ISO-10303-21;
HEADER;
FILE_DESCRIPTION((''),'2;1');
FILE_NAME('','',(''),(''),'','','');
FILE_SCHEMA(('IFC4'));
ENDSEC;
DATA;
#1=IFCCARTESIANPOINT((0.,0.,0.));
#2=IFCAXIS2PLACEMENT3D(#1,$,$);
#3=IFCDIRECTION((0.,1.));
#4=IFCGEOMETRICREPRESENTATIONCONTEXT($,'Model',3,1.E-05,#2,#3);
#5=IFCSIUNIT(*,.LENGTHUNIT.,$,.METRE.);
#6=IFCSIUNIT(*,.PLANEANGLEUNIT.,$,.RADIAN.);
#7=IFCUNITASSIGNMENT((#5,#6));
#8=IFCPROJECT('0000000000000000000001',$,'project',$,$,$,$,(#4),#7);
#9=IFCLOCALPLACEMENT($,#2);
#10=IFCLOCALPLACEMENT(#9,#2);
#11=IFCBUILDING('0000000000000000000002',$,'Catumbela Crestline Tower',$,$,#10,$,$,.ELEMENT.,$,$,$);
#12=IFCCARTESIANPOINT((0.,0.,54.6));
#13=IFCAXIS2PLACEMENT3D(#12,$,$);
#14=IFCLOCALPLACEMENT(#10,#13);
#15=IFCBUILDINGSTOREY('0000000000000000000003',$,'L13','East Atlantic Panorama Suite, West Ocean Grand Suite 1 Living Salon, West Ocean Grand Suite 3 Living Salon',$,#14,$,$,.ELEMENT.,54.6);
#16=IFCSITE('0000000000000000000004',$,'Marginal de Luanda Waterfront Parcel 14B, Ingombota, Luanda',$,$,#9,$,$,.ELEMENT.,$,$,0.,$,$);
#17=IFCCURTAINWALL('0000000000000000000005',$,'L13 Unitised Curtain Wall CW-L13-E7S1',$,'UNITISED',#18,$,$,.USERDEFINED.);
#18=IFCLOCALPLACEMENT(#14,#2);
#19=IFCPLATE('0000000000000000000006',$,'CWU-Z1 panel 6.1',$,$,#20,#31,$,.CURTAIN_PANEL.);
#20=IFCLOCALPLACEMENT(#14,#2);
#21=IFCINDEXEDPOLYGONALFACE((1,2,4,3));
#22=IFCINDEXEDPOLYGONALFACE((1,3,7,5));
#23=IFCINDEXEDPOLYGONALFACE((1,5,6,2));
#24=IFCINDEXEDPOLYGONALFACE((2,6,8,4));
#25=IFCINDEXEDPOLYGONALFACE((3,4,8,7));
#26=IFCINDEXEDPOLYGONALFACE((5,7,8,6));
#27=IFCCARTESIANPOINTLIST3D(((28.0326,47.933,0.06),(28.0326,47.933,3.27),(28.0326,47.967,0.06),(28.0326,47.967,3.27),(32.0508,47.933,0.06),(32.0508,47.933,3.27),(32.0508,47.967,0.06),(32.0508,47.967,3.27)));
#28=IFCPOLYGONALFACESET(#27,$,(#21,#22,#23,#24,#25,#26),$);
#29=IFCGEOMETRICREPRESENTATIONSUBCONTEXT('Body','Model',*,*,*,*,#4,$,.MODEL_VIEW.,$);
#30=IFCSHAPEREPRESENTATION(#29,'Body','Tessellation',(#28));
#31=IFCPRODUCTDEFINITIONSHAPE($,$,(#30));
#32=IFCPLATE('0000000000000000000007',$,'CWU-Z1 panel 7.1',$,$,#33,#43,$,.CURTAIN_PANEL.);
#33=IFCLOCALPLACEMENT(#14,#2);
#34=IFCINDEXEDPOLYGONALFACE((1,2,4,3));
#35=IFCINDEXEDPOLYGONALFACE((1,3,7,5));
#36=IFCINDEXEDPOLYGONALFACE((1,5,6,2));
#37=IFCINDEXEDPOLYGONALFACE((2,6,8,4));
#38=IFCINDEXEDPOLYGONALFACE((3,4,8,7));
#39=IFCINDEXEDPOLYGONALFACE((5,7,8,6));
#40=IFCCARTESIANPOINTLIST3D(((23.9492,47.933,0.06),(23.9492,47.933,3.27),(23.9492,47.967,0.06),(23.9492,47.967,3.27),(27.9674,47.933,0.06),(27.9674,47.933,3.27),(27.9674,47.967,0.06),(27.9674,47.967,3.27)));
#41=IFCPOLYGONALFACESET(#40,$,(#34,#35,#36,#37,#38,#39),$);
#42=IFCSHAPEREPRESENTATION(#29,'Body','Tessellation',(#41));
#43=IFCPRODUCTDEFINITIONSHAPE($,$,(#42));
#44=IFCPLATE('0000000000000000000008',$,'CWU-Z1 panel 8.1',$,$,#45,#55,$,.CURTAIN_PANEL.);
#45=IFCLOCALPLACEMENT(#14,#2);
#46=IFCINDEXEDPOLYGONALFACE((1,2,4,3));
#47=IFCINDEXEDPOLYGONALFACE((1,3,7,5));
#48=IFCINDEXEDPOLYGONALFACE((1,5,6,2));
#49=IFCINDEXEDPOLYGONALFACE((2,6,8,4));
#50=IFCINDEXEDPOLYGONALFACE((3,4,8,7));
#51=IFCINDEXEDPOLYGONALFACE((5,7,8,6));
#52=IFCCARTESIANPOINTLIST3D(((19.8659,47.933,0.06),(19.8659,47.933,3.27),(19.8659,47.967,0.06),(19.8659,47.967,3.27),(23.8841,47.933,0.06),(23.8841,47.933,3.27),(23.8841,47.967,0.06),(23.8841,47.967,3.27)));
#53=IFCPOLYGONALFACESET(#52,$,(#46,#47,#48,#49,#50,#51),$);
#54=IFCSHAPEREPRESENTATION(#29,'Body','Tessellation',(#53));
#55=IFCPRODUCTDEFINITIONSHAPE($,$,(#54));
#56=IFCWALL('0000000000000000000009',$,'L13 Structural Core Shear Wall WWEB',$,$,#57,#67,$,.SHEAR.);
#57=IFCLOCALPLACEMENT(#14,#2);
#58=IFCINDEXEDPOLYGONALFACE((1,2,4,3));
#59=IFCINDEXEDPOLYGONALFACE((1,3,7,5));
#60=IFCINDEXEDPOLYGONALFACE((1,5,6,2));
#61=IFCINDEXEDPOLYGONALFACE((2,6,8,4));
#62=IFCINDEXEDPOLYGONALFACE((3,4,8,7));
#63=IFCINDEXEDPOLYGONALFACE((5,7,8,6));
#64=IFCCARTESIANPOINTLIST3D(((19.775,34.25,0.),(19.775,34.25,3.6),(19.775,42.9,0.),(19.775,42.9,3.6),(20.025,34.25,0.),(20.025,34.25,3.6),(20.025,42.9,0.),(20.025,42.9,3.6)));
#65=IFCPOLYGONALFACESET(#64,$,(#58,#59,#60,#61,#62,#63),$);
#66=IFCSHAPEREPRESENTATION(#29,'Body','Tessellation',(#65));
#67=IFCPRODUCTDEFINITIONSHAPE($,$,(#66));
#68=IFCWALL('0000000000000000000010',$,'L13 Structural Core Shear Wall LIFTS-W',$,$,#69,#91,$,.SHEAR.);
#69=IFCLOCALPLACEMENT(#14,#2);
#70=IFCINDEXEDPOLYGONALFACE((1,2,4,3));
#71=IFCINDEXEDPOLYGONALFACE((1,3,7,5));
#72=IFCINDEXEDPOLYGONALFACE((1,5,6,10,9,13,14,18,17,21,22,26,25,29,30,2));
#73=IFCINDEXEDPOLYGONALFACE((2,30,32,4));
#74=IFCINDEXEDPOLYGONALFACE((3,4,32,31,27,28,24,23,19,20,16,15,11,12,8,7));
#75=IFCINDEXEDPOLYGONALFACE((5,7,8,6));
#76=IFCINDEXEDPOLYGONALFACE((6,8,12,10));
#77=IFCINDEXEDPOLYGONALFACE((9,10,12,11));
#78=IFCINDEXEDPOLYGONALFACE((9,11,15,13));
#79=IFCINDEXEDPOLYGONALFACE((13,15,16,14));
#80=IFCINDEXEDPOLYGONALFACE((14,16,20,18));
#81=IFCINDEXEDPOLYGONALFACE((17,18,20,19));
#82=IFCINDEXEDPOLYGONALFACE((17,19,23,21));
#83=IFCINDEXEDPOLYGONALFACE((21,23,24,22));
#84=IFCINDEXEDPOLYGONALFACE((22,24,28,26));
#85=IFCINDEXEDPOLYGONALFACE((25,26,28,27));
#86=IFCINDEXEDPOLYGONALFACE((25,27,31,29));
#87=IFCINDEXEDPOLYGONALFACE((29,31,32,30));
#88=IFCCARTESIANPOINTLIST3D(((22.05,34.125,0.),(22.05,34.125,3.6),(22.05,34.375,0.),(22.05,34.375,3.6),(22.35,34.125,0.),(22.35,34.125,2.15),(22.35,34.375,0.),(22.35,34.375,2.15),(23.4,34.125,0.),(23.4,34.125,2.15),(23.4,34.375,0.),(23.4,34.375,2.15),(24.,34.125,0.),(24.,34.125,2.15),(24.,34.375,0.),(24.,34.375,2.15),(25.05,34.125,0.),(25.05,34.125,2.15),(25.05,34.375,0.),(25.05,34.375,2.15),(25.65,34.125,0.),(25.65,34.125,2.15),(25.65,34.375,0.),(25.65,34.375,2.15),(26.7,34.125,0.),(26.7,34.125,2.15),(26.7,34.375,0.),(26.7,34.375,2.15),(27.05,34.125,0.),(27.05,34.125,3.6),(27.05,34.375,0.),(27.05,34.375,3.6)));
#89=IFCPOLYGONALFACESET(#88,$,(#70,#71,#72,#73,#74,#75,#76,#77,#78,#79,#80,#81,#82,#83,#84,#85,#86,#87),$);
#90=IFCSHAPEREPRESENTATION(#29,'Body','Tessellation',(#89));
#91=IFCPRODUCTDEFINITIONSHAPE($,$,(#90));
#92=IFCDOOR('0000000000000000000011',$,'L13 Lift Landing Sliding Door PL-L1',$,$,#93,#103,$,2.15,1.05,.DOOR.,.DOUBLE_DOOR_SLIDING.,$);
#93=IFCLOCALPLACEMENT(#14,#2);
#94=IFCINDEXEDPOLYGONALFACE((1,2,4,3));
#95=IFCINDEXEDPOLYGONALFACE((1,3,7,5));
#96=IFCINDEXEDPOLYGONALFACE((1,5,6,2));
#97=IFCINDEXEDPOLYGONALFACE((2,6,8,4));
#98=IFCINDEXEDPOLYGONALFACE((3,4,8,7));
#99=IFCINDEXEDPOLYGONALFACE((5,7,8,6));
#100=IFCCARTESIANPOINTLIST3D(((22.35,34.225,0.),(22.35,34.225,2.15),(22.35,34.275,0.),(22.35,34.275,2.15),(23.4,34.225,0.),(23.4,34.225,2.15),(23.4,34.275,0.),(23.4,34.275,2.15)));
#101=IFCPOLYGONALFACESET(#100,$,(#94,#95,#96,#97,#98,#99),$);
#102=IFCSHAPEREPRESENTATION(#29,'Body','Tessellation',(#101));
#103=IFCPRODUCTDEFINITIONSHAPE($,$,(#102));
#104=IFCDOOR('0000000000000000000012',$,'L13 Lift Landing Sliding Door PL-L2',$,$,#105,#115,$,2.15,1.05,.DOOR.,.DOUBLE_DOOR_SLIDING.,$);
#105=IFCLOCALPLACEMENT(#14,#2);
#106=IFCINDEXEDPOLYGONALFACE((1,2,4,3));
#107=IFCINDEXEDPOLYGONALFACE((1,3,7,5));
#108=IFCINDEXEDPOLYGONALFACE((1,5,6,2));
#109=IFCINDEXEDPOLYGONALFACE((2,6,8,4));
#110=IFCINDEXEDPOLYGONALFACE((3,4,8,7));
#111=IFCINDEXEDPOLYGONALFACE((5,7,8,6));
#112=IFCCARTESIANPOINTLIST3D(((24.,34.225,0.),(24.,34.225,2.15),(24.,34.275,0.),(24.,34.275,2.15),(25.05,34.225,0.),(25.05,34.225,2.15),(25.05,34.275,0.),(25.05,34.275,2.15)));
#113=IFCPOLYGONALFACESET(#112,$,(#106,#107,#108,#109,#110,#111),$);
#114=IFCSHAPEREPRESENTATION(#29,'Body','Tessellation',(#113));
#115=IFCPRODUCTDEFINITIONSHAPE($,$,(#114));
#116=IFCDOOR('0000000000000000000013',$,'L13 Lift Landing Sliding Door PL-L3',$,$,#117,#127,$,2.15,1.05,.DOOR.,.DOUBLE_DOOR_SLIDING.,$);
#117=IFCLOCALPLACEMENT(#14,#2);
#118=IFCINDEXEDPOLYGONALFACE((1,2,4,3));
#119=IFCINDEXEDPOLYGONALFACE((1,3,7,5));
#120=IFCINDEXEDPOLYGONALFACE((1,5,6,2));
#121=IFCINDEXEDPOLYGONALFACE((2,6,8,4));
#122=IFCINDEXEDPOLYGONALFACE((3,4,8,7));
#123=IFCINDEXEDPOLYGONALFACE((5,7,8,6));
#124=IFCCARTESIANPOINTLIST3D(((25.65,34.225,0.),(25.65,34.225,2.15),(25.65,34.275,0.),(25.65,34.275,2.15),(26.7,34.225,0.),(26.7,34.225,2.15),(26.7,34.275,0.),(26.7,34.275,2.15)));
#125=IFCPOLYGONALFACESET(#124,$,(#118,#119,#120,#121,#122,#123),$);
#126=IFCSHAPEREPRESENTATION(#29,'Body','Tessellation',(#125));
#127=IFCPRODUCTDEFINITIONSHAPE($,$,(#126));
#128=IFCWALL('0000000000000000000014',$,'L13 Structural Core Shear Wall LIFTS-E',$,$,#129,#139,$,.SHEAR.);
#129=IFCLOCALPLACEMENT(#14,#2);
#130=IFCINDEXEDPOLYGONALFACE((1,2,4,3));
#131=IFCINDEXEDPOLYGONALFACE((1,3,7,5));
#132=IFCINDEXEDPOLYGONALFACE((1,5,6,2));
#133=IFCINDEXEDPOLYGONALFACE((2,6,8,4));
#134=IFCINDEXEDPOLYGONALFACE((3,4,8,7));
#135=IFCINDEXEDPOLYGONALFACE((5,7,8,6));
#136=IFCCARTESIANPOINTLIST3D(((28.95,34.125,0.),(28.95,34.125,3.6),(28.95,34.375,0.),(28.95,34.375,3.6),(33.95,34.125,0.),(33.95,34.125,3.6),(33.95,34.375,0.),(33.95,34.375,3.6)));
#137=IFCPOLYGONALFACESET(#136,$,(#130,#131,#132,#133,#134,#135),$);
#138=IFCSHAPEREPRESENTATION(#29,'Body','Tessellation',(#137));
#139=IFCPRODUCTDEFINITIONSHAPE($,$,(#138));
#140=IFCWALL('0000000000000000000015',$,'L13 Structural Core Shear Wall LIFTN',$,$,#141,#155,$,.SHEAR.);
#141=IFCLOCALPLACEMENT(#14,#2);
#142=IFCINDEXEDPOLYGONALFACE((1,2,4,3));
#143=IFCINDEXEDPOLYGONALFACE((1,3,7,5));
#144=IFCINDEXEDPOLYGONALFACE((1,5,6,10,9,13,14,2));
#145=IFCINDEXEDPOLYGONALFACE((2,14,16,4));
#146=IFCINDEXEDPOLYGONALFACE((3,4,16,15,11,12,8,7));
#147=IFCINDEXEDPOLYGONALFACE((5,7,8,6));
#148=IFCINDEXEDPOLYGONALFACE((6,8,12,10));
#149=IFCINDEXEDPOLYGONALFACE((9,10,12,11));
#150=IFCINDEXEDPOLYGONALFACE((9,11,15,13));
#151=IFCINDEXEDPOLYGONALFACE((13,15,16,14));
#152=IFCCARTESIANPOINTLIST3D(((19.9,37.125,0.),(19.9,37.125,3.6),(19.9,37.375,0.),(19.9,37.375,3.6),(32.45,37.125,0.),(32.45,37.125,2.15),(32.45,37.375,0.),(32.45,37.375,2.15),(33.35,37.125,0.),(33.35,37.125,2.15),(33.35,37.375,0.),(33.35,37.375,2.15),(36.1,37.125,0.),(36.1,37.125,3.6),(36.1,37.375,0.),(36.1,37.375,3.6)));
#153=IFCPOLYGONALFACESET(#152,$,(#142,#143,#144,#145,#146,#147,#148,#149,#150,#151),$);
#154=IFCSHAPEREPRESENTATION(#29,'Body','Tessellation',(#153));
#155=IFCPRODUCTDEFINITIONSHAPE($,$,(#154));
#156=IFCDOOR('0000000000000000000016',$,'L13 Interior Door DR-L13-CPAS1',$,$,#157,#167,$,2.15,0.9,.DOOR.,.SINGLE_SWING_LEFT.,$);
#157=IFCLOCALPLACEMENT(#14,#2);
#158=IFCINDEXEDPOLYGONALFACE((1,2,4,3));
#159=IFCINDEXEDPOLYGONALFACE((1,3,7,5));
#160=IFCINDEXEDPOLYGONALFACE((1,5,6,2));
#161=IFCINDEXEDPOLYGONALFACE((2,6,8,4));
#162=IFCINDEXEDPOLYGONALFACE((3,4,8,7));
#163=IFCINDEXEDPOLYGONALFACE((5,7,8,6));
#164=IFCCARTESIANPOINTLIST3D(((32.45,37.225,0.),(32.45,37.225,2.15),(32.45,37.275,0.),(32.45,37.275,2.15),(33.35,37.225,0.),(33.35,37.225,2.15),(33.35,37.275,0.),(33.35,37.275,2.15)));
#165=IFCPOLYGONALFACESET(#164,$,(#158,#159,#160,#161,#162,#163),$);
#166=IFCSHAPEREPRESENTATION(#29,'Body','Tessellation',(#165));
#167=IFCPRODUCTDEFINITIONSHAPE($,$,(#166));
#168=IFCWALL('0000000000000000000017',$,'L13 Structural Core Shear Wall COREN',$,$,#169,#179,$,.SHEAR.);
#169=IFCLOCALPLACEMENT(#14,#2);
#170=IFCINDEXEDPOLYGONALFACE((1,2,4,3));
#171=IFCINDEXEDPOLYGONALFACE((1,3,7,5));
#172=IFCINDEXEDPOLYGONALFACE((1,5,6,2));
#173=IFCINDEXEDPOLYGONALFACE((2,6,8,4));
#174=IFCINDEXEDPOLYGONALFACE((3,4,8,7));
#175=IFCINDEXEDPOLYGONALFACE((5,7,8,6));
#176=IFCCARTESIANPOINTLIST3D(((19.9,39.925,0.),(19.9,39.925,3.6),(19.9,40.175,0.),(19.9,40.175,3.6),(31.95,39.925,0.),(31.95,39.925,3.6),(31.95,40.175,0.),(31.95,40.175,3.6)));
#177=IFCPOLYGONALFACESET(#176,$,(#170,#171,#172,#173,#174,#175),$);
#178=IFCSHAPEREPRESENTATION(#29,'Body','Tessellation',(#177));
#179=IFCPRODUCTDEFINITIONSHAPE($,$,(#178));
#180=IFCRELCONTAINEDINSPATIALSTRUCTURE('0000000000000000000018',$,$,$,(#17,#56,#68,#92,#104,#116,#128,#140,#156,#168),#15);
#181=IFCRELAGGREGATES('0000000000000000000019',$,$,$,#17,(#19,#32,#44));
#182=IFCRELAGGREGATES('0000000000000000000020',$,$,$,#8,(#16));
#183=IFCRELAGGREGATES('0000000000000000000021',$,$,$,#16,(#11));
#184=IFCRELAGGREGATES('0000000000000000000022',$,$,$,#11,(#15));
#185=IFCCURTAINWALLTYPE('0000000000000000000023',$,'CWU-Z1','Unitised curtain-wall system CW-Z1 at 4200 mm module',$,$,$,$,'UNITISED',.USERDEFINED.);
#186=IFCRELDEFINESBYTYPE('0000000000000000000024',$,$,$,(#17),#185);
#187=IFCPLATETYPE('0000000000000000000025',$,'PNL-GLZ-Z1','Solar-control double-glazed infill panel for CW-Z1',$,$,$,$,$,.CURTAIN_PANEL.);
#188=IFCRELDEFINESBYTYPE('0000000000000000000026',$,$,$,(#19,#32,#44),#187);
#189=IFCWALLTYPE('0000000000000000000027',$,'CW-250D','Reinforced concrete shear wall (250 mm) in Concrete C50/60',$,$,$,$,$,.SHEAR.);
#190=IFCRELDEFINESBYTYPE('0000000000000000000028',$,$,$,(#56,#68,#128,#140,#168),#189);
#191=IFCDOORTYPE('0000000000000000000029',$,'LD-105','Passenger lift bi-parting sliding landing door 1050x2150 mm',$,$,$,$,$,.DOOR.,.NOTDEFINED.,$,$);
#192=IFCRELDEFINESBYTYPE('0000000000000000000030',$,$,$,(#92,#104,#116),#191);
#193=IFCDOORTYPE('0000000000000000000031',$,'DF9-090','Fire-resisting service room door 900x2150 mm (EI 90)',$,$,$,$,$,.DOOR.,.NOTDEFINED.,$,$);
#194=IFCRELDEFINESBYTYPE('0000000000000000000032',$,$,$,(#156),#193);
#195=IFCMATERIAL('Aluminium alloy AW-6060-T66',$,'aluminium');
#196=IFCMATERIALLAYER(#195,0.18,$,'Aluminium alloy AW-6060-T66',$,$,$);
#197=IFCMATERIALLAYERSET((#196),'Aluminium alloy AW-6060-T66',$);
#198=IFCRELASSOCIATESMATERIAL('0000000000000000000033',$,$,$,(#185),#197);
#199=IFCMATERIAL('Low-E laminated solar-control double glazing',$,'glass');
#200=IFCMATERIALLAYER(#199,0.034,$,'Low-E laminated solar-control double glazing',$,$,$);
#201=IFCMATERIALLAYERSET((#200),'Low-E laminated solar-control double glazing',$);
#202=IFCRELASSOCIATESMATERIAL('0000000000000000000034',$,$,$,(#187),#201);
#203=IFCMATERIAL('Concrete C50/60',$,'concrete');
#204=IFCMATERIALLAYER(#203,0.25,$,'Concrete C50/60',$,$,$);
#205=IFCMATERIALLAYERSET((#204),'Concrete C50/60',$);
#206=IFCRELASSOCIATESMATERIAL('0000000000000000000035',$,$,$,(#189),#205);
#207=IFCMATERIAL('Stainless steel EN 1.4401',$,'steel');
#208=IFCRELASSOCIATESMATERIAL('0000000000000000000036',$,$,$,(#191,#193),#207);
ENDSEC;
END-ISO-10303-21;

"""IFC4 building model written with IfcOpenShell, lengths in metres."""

from ifc_helpers import new_model, si_unit, direction, frame, frame_2d, origin, origin_2d, place, context, subcontext, project, spatial, rectangle, extrude, material, layer, layer_set, type_object, element, fill, aggregate, save


model = new_model("IFC4")

# Units and contexts
model_context = context("Model", 3, precision=1e-05, world=origin(), true_north=direction((0.0, 1.0)))
body_context = subcontext(model_context, "Body", "Model", "MODEL_VIEW")
ifc_project = project(units=[si_unit("LENGTHUNIT", "METRE"), si_unit("PLANEANGLEUNIT", "RADIAN")], contexts=[model_context])

# Site, building, storey
site_placement = place(None, origin())
site = spatial("IfcSite", under=ifc_project, at=site_placement, Name="Marginal de Luanda Waterfront Parcel 14B, Ingombota, Luanda", CompositionType="ELEMENT", RefElevation=0.0)
building_placement = place(site_placement, origin())
building = spatial("IfcBuilding", under=site, at=building_placement, Name="Catumbela Crestline Tower", CompositionType="ELEMENT")
storey_placement = place(building_placement, frame((0.0, 0.0, 54.6)))
storey = spatial("IfcBuildingStorey", under=building, at=storey_placement, Name="L13", Description="East Atlantic Panorama Suite, West Ocean Grand Suite 1 Living Salon, West Ocean Grand Suite 3 Living Salon", CompositionType="ELEMENT", Elevation=54.6)

# Curtain wall, plates
ifc_material_1 = material(Name="Aluminium alloy AW-6060-T66", Category="aluminium")
ifc_layer_1 = layer(ifc_material_1, 0.18, Name="Aluminium alloy AW-6060-T66")
ifc_layer_set_1 = layer_set([ifc_layer_1], Name="Aluminium alloy AW-6060-T66")
curtain_wall_type = type_object("IfcCurtainWallType", Name="CWU-Z1", Description="Unitised curtain-wall system CW-Z1 at 4200 mm module", ElementType="UNITISED", PredefinedType="USERDEFINED", material=ifc_layer_set_1)
curtain_wall_placement = place(storey_placement, origin())
curtain_wall = element("IfcCurtainWall", 1, at=curtain_wall_placement, inside=storey, type_object=curtain_wall_type, Name="L13 Unitised Curtain Wall CW-L13-E7S1", ObjectType="UNITISED", PredefinedType="USERDEFINED")
ifc_material_2 = material(Name="Low-E laminated solar-control double glazing", Category="glass")
ifc_layer_2 = layer(ifc_material_2, 0.034, Name="Low-E laminated solar-control double glazing")
ifc_layer_set_2 = layer_set([ifc_layer_2], Name="Low-E laminated solar-control double glazing")
plate_type = type_object("IfcPlateType", Name="PNL-GLZ-Z1", Description="Solar-control double-glazed infill panel for CW-Z1", PredefinedType="CURTAIN_PANEL", material=ifc_layer_set_2)
plate_1_placement = place(storey_placement, frame((30.0417, 47.95, 0.06), z_axis=(0.0, 0.0, 1.0), x_axis=(-1.0, 0.0, 0.0)))
plate_1 = element("IfcPlate", 2, at=plate_1_placement, type_object=plate_type, Name="CWU-Z1 panel 6.1", PredefinedType="CURTAIN_PANEL", context=body_context, shape_type="SweptSolid", body=[
    extrude(rectangle(XDim=4.0183, YDim=0.034, at=origin_2d()), origin(), (0.0, 0.0, 1.0), 3.21),
])
plate_2_placement = place(storey_placement, frame((25.9583, 47.95, 0.06), z_axis=(0.0, 0.0, 1.0), x_axis=(-1.0, 0.0, 0.0)))
plate_2 = element("IfcPlate", 3, at=plate_2_placement, type_object=plate_type, Name="CWU-Z1 panel 7.1", PredefinedType="CURTAIN_PANEL", context=body_context, shape_type="SweptSolid", body=[
    extrude(rectangle(XDim=4.0183, YDim=0.034, at=origin_2d()), origin(), (0.0, 0.0, 1.0), 3.21),
])
plate_3_placement = place(storey_placement, frame((21.875, 47.95, 0.06), z_axis=(0.0, 0.0, 1.0), x_axis=(-1.0, 0.0, 0.0)))
plate_3 = element("IfcPlate", 4, at=plate_3_placement, type_object=plate_type, Name="CWU-Z1 panel 8.1", PredefinedType="CURTAIN_PANEL", context=body_context, shape_type="SweptSolid", body=[
    extrude(rectangle(XDim=4.0183, YDim=0.034, at=origin_2d()), origin(), (0.0, 0.0, 1.0), 3.21),
])
aggregate(curtain_wall, [plate_1, plate_2, plate_3])

# Wall
ifc_material_3 = material(Name="Concrete C50/60", Category="concrete")
ifc_layer_3 = layer(ifc_material_3, 0.25, Name="Concrete C50/60")
ifc_layer_set_3 = layer_set([ifc_layer_3], Name="Concrete C50/60")
wall_type_1 = type_object("IfcWallType", Name="CW-250D", Description="Reinforced concrete shear wall (250 mm) in Concrete C50/60", PredefinedType="SHEAR", material=ifc_layer_set_3)
wall_1_placement = place(storey_placement, frame((19.9, 34.25, 0.0), z_axis=(0.0, 0.0, 1.0), x_axis=(0.0, 1.0, 0.0)))
element("IfcWall", 5, at=wall_1_placement, inside=storey, type_object=wall_type_1, Name="L13 Structural Core Shear Wall WWEB", PredefinedType="SHEAR", context=body_context, shape_type="SweptSolid", body=[
    extrude(rectangle(XDim=8.65, YDim=0.25, at=frame_2d((4.325, 0.0))), origin(), (0.0, 0.0, 1.0), 3.6),
])

# Wall, openings, doors
wall_2_placement = place(storey_placement, frame((22.05, 34.25, 0.0), z_axis=(0.0, 0.0, 1.0), x_axis=(1.0, 0.0, 0.0)))
wall_2 = element("IfcWall", 6, at=wall_2_placement, inside=storey, type_object=wall_type_1, Name="L13 Structural Core Shear Wall LIFTS-W", PredefinedType="SHEAR", context=body_context, shape_type="SweptSolid", body=[
    extrude(rectangle(XDim=5.0, YDim=0.25, at=frame_2d((2.5, 0.0))), origin(), (0.0, 0.0, 1.0), 3.6),
])
opening_1_placement = place(wall_2_placement, frame((0.3, 0.0, 0.0)))
opening_1 = element("IfcOpeningElement", 7, at=opening_1_placement, cuts=wall_2, PredefinedType="OPENING", context=body_context, shape_type="SweptSolid", body=[
    extrude(rectangle(XDim=1.05, YDim=2.15, at=frame_2d((0.525, 1.075))), frame((0.0, 0.135, 0.0), z_axis=(0.0, -1.0, 0.0), x_axis=(1.0, 0.0, 0.0)), (0.0, 0.0, 1.0), 0.27),
])
opening_2_placement = place(wall_2_placement, frame((1.95, 0.0, 0.0)))
opening_2 = element("IfcOpeningElement", 8, at=opening_2_placement, cuts=wall_2, PredefinedType="OPENING", context=body_context, shape_type="SweptSolid", body=[
    extrude(rectangle(XDim=1.05, YDim=2.15, at=frame_2d((0.525, 1.075))), frame((0.0, 0.135, 0.0), z_axis=(0.0, -1.0, 0.0), x_axis=(1.0, 0.0, 0.0)), (0.0, 0.0, 1.0), 0.27),
])
opening_3_placement = place(wall_2_placement, frame((3.6, 0.0, 0.0)))
opening_3 = element("IfcOpeningElement", 9, at=opening_3_placement, cuts=wall_2, PredefinedType="OPENING", context=body_context, shape_type="SweptSolid", body=[
    extrude(rectangle(XDim=1.05, YDim=2.15, at=frame_2d((0.525, 1.075))), frame((0.0, 0.135, 0.0), z_axis=(0.0, -1.0, 0.0), x_axis=(1.0, 0.0, 0.0)), (0.0, 0.0, 1.0), 0.27),
])
ifc_material_4 = material(Name="Stainless steel EN 1.4401", Category="steel")
door_type_1 = type_object("IfcDoorType", Name="LD-105", Description="Passenger lift bi-parting sliding landing door 1050x2150 mm", OperationType="NOTDEFINED", PredefinedType="DOOR", material=ifc_material_4)
door_1_placement = place(opening_1_placement, origin())
door_1 = element("IfcDoor", 10, at=door_1_placement, inside=storey, type_object=door_type_1, Name="L13 Lift Landing Sliding Door PL-L1", OperationType="DOUBLE_DOOR_SLIDING", OverallHeight=2.15, OverallWidth=1.05, PredefinedType="DOOR", context=body_context, shape_type="SweptSolid", body=[
    extrude(rectangle(XDim=1.05, YDim=2.15, at=frame_2d((0.525, 1.075))), frame((0.0, 0.025, 0.0), z_axis=(0.0, -1.0, 0.0), x_axis=(1.0, 0.0, 0.0)), (0.0, 0.0, 1.0), 0.05),
])
fill(opening_1, door_1)
door_2_placement = place(opening_2_placement, origin())
door_2 = element("IfcDoor", 11, at=door_2_placement, inside=storey, type_object=door_type_1, Name="L13 Lift Landing Sliding Door PL-L2", OperationType="DOUBLE_DOOR_SLIDING", OverallHeight=2.15, OverallWidth=1.05, PredefinedType="DOOR", context=body_context, shape_type="SweptSolid", body=[
    extrude(rectangle(XDim=1.05, YDim=2.15, at=frame_2d((0.525, 1.075))), frame((0.0, 0.025, 0.0), z_axis=(0.0, -1.0, 0.0), x_axis=(1.0, 0.0, 0.0)), (0.0, 0.0, 1.0), 0.05),
])
fill(opening_2, door_2)
door_3_placement = place(opening_3_placement, origin())
door_3 = element("IfcDoor", 12, at=door_3_placement, inside=storey, type_object=door_type_1, Name="L13 Lift Landing Sliding Door PL-L3", OperationType="DOUBLE_DOOR_SLIDING", OverallHeight=2.15, OverallWidth=1.05, PredefinedType="DOOR", context=body_context, shape_type="SweptSolid", body=[
    extrude(rectangle(XDim=1.05, YDim=2.15, at=frame_2d((0.525, 1.075))), frame((0.0, 0.025, 0.0), z_axis=(0.0, -1.0, 0.0), x_axis=(1.0, 0.0, 0.0)), (0.0, 0.0, 1.0), 0.05),
])
fill(opening_3, door_3)

# Wall
wall_3_placement = place(storey_placement, frame((28.95, 34.25, 0.0), z_axis=(0.0, 0.0, 1.0), x_axis=(1.0, 0.0, 0.0)))
element("IfcWall", 13, at=wall_3_placement, inside=storey, type_object=wall_type_1, Name="L13 Structural Core Shear Wall LIFTS-E", PredefinedType="SHEAR", context=body_context, shape_type="SweptSolid", body=[
    extrude(rectangle(XDim=5.0, YDim=0.25, at=frame_2d((2.5, 0.0))), origin(), (0.0, 0.0, 1.0), 3.6),
])

# Wall, opening, door
wall_4_placement = place(storey_placement, frame((19.9, 37.25, 0.0), z_axis=(0.0, 0.0, 1.0), x_axis=(1.0, 0.0, 0.0)))
wall_4 = element("IfcWall", 14, at=wall_4_placement, inside=storey, type_object=wall_type_1, Name="L13 Structural Core Shear Wall LIFTN", PredefinedType="SHEAR", context=body_context, shape_type="SweptSolid", body=[
    extrude(rectangle(XDim=16.2, YDim=0.25, at=frame_2d((8.1, 0.0))), origin(), (0.0, 0.0, 1.0), 3.6),
])
opening_4_placement = place(wall_4_placement, frame((12.55, 0.0, 0.0)))
opening_4 = element("IfcOpeningElement", 15, at=opening_4_placement, cuts=wall_4, PredefinedType="OPENING", context=body_context, shape_type="SweptSolid", body=[
    extrude(rectangle(XDim=0.9, YDim=2.15, at=frame_2d((0.45, 1.075))), frame((0.0, 0.135, 0.0), z_axis=(0.0, -1.0, 0.0), x_axis=(1.0, 0.0, 0.0)), (0.0, 0.0, 1.0), 0.27),
])
door_type_2 = type_object("IfcDoorType", Name="DF9-090", Description="Fire-resisting service room door 900x2150 mm (EI 90)", OperationType="NOTDEFINED", PredefinedType="DOOR", material=ifc_material_4)
door_4_placement = place(opening_4_placement, origin())
door_4 = element("IfcDoor", 16, at=door_4_placement, inside=storey, type_object=door_type_2, Name="L13 Interior Door DR-L13-CPAS1", OperationType="SINGLE_SWING_LEFT", OverallHeight=2.15, OverallWidth=0.9, PredefinedType="DOOR", context=body_context, shape_type="SweptSolid", body=[
    extrude(rectangle(XDim=0.9, YDim=2.15, at=frame_2d((0.45, 1.075))), frame((0.0, 0.025, 0.0), z_axis=(0.0, -1.0, 0.0), x_axis=(1.0, 0.0, 0.0)), (0.0, 0.0, 1.0), 0.05),
])
fill(opening_4, door_4)

# Wall
wall_5_placement = place(storey_placement, frame((19.9, 40.05, 0.0), z_axis=(0.0, 0.0, 1.0), x_axis=(1.0, 0.0, 0.0)))
element("IfcWall", 17, at=wall_5_placement, inside=storey, type_object=wall_type_1, Name="L13 Structural Core Shear Wall COREN", PredefinedType="SHEAR", context=body_context, shape_type="SweptSolid", body=[
    extrude(rectangle(XDim=12.05, YDim=0.25, at=frame_2d((6.025, 0.0))), origin(), (0.0, 0.0, 1.0), 3.6),
])

save(model, "model.ifc")
